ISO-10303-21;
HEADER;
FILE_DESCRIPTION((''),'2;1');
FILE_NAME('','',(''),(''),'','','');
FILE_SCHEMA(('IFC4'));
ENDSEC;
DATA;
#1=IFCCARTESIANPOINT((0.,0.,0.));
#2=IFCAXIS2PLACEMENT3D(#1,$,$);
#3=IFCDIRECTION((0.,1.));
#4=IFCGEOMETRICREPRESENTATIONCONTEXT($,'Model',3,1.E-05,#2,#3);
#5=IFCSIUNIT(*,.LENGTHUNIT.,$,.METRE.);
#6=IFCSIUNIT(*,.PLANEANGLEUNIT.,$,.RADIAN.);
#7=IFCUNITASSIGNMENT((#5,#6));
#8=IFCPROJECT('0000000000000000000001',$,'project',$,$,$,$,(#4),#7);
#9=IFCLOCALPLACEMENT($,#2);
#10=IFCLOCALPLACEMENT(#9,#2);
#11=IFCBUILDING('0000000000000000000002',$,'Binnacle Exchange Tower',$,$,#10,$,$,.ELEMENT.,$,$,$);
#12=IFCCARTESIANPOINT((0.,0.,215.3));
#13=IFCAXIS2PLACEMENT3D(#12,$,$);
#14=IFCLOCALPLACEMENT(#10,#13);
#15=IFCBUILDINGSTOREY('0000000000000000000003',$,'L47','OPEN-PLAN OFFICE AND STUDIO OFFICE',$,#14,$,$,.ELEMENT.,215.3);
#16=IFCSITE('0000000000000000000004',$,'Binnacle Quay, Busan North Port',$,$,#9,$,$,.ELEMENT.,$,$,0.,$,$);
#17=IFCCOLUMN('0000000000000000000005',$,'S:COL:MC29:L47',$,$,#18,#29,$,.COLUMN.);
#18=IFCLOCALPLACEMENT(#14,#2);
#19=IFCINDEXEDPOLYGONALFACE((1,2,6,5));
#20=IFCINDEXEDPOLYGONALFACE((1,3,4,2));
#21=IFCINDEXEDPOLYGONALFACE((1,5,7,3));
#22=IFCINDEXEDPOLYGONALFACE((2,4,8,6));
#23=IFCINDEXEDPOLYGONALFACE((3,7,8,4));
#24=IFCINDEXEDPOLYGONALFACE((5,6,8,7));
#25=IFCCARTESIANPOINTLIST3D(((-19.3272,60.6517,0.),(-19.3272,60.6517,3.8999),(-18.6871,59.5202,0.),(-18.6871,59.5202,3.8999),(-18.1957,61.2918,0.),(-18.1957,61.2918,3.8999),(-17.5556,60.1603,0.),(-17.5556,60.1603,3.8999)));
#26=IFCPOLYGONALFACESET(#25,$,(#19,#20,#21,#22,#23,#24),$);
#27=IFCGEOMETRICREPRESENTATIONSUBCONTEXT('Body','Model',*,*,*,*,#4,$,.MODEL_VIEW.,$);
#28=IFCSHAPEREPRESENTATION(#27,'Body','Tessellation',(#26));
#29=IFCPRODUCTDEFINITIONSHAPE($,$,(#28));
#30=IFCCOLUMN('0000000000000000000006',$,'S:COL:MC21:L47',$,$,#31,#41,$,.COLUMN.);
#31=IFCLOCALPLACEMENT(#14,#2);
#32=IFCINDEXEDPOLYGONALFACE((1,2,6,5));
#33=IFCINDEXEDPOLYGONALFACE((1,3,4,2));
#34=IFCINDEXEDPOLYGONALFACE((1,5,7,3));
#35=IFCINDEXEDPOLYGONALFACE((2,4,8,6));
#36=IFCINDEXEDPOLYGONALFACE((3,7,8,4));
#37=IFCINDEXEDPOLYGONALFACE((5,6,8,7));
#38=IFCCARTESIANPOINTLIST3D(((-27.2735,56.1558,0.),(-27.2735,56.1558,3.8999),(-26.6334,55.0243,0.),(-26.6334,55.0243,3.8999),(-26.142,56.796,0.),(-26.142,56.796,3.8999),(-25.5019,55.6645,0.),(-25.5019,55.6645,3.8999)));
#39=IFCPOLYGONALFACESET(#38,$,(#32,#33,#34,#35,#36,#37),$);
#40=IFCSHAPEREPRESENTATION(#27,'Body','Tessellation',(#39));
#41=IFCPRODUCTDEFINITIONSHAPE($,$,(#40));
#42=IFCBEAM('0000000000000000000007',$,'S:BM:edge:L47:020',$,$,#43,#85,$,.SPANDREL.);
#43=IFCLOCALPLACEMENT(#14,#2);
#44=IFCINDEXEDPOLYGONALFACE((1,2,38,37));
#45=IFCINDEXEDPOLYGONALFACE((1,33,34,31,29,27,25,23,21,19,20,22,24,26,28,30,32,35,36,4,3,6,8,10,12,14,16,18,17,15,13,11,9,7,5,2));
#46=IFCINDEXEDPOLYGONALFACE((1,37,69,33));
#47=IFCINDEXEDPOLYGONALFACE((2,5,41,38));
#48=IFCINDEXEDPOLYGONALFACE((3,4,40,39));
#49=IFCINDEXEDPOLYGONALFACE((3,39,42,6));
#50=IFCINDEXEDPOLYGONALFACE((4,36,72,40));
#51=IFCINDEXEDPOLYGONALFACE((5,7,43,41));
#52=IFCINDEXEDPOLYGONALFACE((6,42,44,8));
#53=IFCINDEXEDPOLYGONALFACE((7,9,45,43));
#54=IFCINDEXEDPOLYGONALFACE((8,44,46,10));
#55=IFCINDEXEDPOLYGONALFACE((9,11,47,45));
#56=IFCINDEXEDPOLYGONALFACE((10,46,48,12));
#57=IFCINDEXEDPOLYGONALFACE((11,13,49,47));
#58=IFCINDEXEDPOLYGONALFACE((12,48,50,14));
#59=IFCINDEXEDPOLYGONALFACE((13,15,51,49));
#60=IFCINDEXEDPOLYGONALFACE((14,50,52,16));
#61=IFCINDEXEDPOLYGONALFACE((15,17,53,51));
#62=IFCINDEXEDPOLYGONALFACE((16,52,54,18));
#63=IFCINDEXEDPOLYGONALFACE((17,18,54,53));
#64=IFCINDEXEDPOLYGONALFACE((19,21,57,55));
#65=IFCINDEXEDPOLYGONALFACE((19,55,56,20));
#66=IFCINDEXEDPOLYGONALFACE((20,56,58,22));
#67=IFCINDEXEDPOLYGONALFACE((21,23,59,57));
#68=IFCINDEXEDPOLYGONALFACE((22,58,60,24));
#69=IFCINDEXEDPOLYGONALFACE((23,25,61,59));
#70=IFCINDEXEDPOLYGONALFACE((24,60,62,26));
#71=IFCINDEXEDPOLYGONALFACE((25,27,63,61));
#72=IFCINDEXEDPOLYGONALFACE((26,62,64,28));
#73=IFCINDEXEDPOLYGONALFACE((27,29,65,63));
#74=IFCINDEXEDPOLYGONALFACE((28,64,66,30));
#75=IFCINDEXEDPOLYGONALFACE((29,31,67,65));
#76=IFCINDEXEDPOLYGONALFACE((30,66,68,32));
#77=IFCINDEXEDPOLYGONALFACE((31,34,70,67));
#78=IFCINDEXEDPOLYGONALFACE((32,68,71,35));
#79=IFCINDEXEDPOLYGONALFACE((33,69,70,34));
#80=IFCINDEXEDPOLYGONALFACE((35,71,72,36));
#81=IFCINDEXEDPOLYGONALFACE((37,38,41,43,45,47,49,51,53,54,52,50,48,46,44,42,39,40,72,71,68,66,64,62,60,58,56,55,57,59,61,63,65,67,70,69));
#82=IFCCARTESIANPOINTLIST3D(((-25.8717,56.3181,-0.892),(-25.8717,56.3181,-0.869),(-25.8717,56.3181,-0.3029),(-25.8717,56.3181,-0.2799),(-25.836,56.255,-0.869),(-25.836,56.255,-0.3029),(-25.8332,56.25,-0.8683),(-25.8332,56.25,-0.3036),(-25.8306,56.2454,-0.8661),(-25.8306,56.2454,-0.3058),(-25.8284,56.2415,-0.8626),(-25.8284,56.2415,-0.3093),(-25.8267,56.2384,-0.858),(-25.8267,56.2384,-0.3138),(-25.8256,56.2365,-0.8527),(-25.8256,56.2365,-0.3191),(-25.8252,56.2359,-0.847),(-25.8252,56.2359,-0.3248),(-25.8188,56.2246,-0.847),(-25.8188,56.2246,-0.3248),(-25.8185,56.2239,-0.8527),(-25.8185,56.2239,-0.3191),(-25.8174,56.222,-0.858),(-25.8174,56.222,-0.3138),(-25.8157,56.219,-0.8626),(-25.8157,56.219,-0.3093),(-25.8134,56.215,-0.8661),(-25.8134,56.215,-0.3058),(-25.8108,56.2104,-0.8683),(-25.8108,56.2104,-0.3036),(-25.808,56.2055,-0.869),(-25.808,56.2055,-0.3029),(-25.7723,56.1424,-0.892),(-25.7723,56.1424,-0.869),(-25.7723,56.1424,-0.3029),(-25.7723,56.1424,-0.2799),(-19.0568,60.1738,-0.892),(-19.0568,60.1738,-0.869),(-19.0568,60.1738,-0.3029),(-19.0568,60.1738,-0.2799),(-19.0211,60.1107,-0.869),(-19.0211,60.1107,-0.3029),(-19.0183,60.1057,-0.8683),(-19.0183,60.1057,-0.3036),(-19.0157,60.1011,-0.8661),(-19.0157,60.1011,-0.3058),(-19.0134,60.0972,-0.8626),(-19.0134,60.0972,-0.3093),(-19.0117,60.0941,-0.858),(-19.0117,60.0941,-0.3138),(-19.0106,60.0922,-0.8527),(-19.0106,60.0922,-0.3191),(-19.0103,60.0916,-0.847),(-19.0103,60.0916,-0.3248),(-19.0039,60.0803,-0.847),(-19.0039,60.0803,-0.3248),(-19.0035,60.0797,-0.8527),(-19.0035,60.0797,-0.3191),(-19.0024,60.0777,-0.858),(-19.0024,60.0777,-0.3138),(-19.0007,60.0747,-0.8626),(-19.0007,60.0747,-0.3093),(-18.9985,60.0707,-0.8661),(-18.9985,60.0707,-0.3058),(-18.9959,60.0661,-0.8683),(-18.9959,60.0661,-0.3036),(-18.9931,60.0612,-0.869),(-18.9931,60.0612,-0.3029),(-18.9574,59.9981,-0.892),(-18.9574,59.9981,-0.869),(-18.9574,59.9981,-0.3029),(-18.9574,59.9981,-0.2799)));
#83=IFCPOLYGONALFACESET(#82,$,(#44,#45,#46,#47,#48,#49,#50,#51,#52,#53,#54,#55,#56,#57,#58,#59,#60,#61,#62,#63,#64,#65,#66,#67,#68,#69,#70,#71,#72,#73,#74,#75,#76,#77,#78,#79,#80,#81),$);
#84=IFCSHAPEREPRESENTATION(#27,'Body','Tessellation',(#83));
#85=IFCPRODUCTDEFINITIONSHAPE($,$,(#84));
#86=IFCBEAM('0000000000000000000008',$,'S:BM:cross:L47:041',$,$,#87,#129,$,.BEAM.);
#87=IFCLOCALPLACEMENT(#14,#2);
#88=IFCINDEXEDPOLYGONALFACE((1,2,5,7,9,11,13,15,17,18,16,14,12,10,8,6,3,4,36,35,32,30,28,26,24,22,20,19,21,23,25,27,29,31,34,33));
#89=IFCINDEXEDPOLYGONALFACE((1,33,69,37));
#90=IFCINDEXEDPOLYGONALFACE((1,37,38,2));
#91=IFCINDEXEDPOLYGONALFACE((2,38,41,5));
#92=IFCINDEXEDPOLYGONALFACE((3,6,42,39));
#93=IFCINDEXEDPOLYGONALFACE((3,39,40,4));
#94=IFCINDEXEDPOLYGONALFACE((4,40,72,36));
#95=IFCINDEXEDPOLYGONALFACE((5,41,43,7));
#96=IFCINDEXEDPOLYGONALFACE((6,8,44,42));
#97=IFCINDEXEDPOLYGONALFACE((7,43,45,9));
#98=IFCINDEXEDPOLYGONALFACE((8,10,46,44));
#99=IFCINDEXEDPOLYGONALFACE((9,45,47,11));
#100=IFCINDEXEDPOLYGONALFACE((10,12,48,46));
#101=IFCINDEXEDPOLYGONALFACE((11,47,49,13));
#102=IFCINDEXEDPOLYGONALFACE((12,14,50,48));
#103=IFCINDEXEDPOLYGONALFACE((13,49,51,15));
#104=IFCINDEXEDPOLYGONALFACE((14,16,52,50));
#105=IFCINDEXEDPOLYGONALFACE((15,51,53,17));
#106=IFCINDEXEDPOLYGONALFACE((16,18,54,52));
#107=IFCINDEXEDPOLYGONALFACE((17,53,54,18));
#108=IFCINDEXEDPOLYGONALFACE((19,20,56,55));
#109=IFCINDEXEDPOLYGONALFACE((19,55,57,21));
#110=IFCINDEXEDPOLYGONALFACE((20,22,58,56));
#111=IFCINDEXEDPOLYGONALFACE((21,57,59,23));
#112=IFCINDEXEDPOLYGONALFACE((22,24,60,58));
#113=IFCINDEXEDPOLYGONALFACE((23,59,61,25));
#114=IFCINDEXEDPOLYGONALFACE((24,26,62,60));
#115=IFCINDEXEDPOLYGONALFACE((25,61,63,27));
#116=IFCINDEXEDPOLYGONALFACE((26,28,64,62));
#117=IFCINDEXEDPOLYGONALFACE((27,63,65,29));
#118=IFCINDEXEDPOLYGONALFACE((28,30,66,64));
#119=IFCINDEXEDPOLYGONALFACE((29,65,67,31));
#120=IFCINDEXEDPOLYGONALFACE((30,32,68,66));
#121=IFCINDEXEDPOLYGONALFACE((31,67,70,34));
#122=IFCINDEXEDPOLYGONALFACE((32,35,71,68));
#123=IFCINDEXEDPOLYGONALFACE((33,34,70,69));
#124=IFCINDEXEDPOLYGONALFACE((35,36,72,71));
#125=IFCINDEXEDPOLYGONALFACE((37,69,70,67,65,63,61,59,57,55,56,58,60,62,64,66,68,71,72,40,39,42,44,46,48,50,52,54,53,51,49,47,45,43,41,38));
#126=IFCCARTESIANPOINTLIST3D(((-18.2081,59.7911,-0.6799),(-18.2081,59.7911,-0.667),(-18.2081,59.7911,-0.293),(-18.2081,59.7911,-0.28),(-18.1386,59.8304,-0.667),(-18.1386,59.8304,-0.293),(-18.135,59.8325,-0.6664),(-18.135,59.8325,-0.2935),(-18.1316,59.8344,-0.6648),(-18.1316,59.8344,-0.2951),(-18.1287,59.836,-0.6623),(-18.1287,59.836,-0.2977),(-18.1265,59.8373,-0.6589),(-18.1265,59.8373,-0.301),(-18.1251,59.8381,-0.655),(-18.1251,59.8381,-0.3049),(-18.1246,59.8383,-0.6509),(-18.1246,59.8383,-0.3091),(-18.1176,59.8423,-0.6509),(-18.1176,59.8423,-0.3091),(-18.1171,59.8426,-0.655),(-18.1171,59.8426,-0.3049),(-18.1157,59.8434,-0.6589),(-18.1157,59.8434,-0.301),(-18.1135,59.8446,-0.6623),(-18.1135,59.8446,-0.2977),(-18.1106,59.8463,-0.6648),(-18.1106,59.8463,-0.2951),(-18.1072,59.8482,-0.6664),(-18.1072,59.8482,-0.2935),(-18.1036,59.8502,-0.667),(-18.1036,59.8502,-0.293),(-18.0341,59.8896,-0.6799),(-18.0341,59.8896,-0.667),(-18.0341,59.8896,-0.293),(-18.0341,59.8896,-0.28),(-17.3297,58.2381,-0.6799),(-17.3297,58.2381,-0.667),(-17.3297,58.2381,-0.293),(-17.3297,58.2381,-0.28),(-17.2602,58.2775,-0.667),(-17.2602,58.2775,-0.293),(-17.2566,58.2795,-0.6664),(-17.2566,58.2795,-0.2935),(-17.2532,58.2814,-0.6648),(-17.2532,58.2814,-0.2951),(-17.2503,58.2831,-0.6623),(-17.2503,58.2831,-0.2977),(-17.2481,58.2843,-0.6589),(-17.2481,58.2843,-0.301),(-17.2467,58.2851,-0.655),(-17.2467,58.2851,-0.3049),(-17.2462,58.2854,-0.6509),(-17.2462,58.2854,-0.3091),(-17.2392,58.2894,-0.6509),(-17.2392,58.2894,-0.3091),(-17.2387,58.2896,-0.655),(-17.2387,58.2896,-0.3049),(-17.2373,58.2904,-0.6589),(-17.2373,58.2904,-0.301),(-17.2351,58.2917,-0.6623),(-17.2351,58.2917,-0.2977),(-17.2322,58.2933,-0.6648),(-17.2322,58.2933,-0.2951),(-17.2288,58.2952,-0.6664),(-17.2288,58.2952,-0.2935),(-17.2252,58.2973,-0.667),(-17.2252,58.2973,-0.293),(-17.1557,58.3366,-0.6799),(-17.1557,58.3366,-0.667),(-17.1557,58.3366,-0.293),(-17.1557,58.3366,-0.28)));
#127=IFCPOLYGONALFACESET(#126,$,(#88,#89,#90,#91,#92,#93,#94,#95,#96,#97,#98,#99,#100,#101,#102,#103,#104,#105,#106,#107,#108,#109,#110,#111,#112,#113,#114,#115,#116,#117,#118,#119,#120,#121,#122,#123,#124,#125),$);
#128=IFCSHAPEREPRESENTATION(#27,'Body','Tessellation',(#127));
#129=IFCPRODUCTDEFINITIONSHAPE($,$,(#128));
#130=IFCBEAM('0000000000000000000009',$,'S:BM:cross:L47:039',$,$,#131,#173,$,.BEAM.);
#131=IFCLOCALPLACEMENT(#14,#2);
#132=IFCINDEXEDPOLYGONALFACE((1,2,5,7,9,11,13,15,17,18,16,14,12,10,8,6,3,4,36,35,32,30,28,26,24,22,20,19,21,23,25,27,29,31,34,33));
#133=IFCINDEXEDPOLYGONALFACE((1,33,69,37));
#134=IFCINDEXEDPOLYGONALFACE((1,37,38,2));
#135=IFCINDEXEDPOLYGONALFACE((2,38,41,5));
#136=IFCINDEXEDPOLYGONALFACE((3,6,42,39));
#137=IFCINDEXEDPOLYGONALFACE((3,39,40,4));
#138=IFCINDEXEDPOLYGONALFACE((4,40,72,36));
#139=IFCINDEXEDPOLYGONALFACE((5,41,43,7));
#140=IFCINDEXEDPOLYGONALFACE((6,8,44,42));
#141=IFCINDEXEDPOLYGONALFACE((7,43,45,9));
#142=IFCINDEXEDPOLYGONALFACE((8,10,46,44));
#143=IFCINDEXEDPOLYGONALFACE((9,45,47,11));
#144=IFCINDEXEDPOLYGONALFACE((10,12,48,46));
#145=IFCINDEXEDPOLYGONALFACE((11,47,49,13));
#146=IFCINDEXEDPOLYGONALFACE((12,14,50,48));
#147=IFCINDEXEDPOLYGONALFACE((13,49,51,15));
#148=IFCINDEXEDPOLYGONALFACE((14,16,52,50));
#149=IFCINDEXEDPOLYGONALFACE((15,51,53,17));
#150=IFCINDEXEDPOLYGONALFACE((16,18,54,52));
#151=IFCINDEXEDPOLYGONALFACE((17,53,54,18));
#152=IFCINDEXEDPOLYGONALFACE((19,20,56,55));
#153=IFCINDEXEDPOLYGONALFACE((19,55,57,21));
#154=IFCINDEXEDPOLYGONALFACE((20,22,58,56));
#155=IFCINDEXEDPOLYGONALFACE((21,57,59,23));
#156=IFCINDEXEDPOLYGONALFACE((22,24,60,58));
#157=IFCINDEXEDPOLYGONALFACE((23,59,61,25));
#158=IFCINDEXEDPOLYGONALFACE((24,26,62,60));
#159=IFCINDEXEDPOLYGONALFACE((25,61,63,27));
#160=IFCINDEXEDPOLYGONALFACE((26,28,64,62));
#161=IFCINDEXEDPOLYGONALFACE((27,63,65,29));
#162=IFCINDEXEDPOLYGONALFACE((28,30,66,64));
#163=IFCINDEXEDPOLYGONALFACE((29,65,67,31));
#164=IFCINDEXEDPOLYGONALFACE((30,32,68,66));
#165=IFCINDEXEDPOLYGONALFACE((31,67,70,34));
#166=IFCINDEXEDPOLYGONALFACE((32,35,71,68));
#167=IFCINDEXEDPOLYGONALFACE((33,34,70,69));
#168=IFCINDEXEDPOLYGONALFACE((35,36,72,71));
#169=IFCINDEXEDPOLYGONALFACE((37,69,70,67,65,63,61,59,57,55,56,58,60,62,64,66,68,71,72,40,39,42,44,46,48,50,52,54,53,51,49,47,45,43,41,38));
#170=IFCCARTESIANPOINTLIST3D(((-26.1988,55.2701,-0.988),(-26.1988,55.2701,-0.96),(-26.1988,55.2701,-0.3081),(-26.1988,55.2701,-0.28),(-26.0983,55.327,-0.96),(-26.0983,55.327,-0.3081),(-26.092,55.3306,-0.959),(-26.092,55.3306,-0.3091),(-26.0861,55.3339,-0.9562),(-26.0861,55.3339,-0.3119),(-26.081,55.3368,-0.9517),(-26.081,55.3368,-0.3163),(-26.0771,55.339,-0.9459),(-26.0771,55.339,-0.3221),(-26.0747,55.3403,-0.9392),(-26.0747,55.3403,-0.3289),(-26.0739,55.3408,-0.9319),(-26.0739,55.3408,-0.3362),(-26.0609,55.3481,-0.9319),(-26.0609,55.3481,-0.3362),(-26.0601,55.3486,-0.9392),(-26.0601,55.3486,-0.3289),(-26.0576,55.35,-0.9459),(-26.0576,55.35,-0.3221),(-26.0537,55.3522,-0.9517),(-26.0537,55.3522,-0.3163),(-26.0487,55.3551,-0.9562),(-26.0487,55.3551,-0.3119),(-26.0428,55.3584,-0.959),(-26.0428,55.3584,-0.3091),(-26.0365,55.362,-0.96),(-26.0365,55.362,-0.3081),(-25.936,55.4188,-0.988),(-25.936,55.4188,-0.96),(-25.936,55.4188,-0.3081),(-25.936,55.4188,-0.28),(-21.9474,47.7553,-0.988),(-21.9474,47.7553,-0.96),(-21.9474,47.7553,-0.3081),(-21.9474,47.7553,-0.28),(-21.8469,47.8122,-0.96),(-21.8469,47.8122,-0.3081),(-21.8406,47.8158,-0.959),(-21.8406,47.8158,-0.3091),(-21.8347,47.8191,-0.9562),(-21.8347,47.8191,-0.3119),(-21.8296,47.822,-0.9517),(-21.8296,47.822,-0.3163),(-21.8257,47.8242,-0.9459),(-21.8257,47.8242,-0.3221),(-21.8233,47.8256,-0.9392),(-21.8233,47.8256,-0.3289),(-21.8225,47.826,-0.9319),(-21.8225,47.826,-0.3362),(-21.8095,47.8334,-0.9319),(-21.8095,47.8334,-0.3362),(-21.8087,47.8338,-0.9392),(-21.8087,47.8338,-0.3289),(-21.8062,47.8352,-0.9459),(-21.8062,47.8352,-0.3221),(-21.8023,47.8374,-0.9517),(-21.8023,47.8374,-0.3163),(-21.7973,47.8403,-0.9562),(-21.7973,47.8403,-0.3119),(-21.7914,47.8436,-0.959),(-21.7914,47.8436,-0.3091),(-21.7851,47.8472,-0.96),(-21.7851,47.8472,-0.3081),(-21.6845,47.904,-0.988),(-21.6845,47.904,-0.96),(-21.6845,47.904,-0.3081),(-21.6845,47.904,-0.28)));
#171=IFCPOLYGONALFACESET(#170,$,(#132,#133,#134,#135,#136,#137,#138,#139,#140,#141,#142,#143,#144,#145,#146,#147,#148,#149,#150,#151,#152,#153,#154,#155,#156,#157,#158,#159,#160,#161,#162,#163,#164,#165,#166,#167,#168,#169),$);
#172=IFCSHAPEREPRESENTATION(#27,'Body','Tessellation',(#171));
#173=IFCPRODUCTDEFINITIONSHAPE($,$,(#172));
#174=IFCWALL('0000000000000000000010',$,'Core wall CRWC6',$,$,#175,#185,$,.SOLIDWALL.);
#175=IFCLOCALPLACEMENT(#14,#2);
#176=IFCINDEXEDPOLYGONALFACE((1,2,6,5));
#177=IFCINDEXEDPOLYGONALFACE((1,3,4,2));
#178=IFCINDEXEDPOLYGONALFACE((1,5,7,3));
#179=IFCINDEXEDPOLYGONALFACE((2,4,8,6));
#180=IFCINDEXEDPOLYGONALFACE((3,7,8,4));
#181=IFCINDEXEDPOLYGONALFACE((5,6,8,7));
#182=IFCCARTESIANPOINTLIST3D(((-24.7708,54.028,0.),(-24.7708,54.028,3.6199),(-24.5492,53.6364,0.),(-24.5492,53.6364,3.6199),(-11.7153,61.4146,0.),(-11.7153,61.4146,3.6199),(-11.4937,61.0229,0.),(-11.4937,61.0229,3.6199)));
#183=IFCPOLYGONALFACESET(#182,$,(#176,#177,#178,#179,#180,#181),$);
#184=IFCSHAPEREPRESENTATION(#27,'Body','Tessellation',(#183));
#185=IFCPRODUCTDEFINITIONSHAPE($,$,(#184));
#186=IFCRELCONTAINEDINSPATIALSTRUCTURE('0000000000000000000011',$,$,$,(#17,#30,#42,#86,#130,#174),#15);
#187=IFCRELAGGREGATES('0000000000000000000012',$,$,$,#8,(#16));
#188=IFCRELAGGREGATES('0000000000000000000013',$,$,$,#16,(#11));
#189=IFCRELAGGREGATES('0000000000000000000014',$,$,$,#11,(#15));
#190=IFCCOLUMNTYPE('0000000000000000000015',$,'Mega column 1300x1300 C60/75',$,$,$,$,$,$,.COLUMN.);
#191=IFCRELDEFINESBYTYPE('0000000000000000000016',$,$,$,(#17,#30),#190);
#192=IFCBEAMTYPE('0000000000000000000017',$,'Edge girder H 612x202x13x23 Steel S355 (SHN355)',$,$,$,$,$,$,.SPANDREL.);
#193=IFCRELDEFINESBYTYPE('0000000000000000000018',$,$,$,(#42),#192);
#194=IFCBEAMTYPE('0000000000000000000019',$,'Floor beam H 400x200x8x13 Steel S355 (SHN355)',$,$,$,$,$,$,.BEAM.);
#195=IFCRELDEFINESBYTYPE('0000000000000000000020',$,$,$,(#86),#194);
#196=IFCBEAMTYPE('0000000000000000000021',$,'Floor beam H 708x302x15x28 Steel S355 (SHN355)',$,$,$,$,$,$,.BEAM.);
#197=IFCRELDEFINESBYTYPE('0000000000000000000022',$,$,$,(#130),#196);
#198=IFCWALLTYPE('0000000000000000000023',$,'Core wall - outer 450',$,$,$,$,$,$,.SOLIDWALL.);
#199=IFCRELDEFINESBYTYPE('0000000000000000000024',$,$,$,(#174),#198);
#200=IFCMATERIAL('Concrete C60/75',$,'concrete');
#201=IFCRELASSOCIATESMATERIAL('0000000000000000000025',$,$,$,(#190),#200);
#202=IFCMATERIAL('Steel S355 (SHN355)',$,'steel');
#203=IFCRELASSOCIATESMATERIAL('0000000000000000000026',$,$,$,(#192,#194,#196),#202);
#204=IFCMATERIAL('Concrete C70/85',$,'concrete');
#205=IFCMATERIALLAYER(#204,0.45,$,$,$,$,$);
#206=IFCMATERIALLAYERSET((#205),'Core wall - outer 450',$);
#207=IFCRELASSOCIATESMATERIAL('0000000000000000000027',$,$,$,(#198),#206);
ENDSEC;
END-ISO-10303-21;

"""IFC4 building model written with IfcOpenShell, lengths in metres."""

from ifc_helpers import new_model, si_unit, direction, frame, frame_2d, origin, origin_2d, place, context, subcontext, project, spatial, rectangle, i_section, extrude, material, layer, layer_set, material_profile, profile_set, type_object, element, save


model = new_model("IFC4")

# Units and contexts
model_context = context("Model", 3, precision=1e-05, world=origin(), true_north=direction((0.0, 1.0)))
body_context = subcontext(model_context, "Body", "Model", "MODEL_VIEW")
ifc_project = project(units=[si_unit("LENGTHUNIT", "METRE"), si_unit("PLANEANGLEUNIT", "RADIAN")], contexts=[model_context])

# Site, building, storey
site_placement = place(None, origin())
site = spatial("IfcSite", under=ifc_project, at=site_placement, Name="Binnacle Quay, Busan North Port", CompositionType="ELEMENT", RefElevation=0.0)
building_placement = place(site_placement, origin())
building = spatial("IfcBuilding", under=site, at=building_placement, Name="Binnacle Exchange Tower", CompositionType="ELEMENT")
storey_placement = place(building_placement, frame((0.0, 0.0, 215.3)))
storey = spatial("IfcBuildingStorey", under=building, at=storey_placement, Name="L47", Description="OPEN-PLAN OFFICE AND STUDIO OFFICE", CompositionType="ELEMENT", Elevation=215.3)

# Columns
ifc_material_1 = material(Name="Concrete C60/75", Category="concrete")
ifc_material_profile_1 = material_profile(ifc_material_1, rectangle(XDim=1.3, YDim=1.3, at=origin_2d()), Name="Mega column 1300x1300 C60/75")
ifc_profile_set_1 = profile_set([ifc_material_profile_1], Name="Concrete C60/75")
column_type = type_object("IfcColumnType", Name="Mega column 1300x1300 C60/75", PredefinedType="COLUMN", material=ifc_profile_set_1)
for number, where, z_axis, x_axis, name in (
    (1, (-18.4414, 60.406, 0.0), (0.0, 0.0, 1.0), (-0.870356, -0.492424, 0.0), "S:COL:MC29:L47"),
    (2, (-26.3877, 55.9102, 0.0), (0.0, 0.0, 1.0), (-0.870356, -0.492424, 0.0), "S:COL:MC21:L47"),
):
    element("IfcColumn", number, at=place(storey_placement, frame(where, z_axis=z_axis, x_axis=x_axis)), inside=storey, type_object=column_type, Name=name, PredefinedType="COLUMN", context=body_context, shape_type="SweptSolid", body=[
        extrude(rectangle(XDim=1.3, YDim=1.3, at=origin_2d()), origin(), (0.0, 0.0, 1.0), 3.8999),
    ])

# Beams
ifc_material_2 = material(Name="Steel S355 (SHN355)", Category="steel")
ifc_material_profile_2 = material_profile(ifc_material_2, i_section(OverallWidth=0.2019, OverallDepth=0.6121, WebThickness=0.0129, FlangeThickness=0.0229, FilletRadius=0.022, at=origin_2d()), Name="H 612x202x13x23")
ifc_profile_set_2 = profile_set([ifc_material_profile_2], Name="Steel S355 (SHN355)")
beam_type_1 = type_object("IfcBeamType", Name="Edge girder H 612x202x13x23 Steel S355 (SHN355)", PredefinedType="SPANDREL", material=ifc_profile_set_2)
beam_1_placement = place(storey_placement, frame((-19.0071, 60.0859, -0.5859), z_axis=(-0.870355, -0.492424, 0.0), x_axis=(0.492424, -0.870355, 0.0)))
element("IfcBeam", 3, at=beam_1_placement, inside=storey, type_object=beam_type_1, Name="S:BM:edge:L47:020", PredefinedType="SPANDREL", context=body_context, shape_type="SweptSolid", body=[
    extrude(i_section(OverallWidth=0.2019, OverallDepth=0.6121, WebThickness=0.0129, FlangeThickness=0.0229, FilletRadius=0.022, at=origin_2d()), origin(), (0.0, 0.0, 1.0), 7.8301),
])
ifc_material_profile_3 = material_profile(ifc_material_2, i_section(OverallWidth=0.2, OverallDepth=0.3999, WebThickness=0.0081, FlangeThickness=0.0129, FilletRadius=0.0161, at=origin_2d()), Name="H 400x200x8x13")
ifc_profile_set_3 = profile_set([ifc_material_profile_3], Name="Steel S355 (SHN355)")
beam_type_2 = type_object("IfcBeamType", Name="Floor beam H 400x200x8x13 Steel S355 (SHN355)", PredefinedType="BEAM", material=ifc_profile_set_3)
beam_2_placement = place(storey_placement, frame((-18.1211, 59.8403, -0.48), z_axis=(0.492332, -0.870407, 0.0), x_axis=(0.870407, 0.492332, 0.0)))
element("IfcBeam", 4, at=beam_2_placement, inside=storey, type_object=beam_type_2, Name="S:BM:cross:L47:041", PredefinedType="BEAM", context=body_context, shape_type="SweptSolid", body=[
    extrude(i_section(OverallWidth=0.2, OverallDepth=0.3999, WebThickness=0.0081, FlangeThickness=0.0129, FilletRadius=0.0161, at=origin_2d()), origin(), (0.0, 0.0, 1.0), 1.7842),
])
ifc_material_profile_4 = material_profile(ifc_material_2, i_section(OverallWidth=0.302, OverallDepth=0.708, WebThickness=0.0149, FlangeThickness=0.0281, FilletRadius=0.0281, at=origin_2d()), Name="H 708x302x15x28")
ifc_profile_set_4 = profile_set([ifc_material_profile_4], Name="Steel S355 (SHN355)")
beam_type_3 = type_object("IfcBeamType", Name="Floor beam H 708x302x15x28 Steel S355 (SHN355)", PredefinedType="BEAM", material=ifc_profile_set_4)
beam_3_placement = place(storey_placement, frame((-26.0674, 55.3445, -0.634), z_axis=(0.492401, -0.870368, 0.0), x_axis=(0.870368, 0.492401, 0.0)))
element("IfcBeam", 5, at=beam_3_placement, inside=storey, type_object=beam_type_3, Name="S:BM:cross:L47:039", PredefinedType="BEAM", context=body_context, shape_type="SweptSolid", body=[
    extrude(i_section(OverallWidth=0.302, OverallDepth=0.708, WebThickness=0.0149, FlangeThickness=0.0281, FilletRadius=0.0281, at=origin_2d()), origin(), (0.0, 0.0, 1.0), 8.634),
])

# Wall
ifc_material_3 = material(Name="Concrete C70/85", Category="concrete")
ifc_layer_1 = layer(ifc_material_3, 0.45)
ifc_layer_set_1 = layer_set([ifc_layer_1], Name="Core wall - outer 450")
wall_type_1 = type_object("IfcWallType", Name="Core wall - outer 450", PredefinedType="SOLIDWALL", material=ifc_layer_set_1)
wall_1_placement = place(storey_placement, frame((-24.6599, 53.8323, 0.0), z_axis=(0.0, 0.0, 1.0), x_axis=(0.870354, 0.492427, 0.0)))
element("IfcWall", 6, at=wall_1_placement, inside=storey, type_object=wall_type_1, Name="Core wall CRWC6", PredefinedType="SOLIDWALL", context=body_context, shape_type="SweptSolid", body=[
    extrude(rectangle(XDim=15.0002, YDim=0.45, at=frame_2d((7.5, 0.0))), origin(), (0.0, 0.0, 1.0), 3.6199),
])

save(model, "model.ifc")
